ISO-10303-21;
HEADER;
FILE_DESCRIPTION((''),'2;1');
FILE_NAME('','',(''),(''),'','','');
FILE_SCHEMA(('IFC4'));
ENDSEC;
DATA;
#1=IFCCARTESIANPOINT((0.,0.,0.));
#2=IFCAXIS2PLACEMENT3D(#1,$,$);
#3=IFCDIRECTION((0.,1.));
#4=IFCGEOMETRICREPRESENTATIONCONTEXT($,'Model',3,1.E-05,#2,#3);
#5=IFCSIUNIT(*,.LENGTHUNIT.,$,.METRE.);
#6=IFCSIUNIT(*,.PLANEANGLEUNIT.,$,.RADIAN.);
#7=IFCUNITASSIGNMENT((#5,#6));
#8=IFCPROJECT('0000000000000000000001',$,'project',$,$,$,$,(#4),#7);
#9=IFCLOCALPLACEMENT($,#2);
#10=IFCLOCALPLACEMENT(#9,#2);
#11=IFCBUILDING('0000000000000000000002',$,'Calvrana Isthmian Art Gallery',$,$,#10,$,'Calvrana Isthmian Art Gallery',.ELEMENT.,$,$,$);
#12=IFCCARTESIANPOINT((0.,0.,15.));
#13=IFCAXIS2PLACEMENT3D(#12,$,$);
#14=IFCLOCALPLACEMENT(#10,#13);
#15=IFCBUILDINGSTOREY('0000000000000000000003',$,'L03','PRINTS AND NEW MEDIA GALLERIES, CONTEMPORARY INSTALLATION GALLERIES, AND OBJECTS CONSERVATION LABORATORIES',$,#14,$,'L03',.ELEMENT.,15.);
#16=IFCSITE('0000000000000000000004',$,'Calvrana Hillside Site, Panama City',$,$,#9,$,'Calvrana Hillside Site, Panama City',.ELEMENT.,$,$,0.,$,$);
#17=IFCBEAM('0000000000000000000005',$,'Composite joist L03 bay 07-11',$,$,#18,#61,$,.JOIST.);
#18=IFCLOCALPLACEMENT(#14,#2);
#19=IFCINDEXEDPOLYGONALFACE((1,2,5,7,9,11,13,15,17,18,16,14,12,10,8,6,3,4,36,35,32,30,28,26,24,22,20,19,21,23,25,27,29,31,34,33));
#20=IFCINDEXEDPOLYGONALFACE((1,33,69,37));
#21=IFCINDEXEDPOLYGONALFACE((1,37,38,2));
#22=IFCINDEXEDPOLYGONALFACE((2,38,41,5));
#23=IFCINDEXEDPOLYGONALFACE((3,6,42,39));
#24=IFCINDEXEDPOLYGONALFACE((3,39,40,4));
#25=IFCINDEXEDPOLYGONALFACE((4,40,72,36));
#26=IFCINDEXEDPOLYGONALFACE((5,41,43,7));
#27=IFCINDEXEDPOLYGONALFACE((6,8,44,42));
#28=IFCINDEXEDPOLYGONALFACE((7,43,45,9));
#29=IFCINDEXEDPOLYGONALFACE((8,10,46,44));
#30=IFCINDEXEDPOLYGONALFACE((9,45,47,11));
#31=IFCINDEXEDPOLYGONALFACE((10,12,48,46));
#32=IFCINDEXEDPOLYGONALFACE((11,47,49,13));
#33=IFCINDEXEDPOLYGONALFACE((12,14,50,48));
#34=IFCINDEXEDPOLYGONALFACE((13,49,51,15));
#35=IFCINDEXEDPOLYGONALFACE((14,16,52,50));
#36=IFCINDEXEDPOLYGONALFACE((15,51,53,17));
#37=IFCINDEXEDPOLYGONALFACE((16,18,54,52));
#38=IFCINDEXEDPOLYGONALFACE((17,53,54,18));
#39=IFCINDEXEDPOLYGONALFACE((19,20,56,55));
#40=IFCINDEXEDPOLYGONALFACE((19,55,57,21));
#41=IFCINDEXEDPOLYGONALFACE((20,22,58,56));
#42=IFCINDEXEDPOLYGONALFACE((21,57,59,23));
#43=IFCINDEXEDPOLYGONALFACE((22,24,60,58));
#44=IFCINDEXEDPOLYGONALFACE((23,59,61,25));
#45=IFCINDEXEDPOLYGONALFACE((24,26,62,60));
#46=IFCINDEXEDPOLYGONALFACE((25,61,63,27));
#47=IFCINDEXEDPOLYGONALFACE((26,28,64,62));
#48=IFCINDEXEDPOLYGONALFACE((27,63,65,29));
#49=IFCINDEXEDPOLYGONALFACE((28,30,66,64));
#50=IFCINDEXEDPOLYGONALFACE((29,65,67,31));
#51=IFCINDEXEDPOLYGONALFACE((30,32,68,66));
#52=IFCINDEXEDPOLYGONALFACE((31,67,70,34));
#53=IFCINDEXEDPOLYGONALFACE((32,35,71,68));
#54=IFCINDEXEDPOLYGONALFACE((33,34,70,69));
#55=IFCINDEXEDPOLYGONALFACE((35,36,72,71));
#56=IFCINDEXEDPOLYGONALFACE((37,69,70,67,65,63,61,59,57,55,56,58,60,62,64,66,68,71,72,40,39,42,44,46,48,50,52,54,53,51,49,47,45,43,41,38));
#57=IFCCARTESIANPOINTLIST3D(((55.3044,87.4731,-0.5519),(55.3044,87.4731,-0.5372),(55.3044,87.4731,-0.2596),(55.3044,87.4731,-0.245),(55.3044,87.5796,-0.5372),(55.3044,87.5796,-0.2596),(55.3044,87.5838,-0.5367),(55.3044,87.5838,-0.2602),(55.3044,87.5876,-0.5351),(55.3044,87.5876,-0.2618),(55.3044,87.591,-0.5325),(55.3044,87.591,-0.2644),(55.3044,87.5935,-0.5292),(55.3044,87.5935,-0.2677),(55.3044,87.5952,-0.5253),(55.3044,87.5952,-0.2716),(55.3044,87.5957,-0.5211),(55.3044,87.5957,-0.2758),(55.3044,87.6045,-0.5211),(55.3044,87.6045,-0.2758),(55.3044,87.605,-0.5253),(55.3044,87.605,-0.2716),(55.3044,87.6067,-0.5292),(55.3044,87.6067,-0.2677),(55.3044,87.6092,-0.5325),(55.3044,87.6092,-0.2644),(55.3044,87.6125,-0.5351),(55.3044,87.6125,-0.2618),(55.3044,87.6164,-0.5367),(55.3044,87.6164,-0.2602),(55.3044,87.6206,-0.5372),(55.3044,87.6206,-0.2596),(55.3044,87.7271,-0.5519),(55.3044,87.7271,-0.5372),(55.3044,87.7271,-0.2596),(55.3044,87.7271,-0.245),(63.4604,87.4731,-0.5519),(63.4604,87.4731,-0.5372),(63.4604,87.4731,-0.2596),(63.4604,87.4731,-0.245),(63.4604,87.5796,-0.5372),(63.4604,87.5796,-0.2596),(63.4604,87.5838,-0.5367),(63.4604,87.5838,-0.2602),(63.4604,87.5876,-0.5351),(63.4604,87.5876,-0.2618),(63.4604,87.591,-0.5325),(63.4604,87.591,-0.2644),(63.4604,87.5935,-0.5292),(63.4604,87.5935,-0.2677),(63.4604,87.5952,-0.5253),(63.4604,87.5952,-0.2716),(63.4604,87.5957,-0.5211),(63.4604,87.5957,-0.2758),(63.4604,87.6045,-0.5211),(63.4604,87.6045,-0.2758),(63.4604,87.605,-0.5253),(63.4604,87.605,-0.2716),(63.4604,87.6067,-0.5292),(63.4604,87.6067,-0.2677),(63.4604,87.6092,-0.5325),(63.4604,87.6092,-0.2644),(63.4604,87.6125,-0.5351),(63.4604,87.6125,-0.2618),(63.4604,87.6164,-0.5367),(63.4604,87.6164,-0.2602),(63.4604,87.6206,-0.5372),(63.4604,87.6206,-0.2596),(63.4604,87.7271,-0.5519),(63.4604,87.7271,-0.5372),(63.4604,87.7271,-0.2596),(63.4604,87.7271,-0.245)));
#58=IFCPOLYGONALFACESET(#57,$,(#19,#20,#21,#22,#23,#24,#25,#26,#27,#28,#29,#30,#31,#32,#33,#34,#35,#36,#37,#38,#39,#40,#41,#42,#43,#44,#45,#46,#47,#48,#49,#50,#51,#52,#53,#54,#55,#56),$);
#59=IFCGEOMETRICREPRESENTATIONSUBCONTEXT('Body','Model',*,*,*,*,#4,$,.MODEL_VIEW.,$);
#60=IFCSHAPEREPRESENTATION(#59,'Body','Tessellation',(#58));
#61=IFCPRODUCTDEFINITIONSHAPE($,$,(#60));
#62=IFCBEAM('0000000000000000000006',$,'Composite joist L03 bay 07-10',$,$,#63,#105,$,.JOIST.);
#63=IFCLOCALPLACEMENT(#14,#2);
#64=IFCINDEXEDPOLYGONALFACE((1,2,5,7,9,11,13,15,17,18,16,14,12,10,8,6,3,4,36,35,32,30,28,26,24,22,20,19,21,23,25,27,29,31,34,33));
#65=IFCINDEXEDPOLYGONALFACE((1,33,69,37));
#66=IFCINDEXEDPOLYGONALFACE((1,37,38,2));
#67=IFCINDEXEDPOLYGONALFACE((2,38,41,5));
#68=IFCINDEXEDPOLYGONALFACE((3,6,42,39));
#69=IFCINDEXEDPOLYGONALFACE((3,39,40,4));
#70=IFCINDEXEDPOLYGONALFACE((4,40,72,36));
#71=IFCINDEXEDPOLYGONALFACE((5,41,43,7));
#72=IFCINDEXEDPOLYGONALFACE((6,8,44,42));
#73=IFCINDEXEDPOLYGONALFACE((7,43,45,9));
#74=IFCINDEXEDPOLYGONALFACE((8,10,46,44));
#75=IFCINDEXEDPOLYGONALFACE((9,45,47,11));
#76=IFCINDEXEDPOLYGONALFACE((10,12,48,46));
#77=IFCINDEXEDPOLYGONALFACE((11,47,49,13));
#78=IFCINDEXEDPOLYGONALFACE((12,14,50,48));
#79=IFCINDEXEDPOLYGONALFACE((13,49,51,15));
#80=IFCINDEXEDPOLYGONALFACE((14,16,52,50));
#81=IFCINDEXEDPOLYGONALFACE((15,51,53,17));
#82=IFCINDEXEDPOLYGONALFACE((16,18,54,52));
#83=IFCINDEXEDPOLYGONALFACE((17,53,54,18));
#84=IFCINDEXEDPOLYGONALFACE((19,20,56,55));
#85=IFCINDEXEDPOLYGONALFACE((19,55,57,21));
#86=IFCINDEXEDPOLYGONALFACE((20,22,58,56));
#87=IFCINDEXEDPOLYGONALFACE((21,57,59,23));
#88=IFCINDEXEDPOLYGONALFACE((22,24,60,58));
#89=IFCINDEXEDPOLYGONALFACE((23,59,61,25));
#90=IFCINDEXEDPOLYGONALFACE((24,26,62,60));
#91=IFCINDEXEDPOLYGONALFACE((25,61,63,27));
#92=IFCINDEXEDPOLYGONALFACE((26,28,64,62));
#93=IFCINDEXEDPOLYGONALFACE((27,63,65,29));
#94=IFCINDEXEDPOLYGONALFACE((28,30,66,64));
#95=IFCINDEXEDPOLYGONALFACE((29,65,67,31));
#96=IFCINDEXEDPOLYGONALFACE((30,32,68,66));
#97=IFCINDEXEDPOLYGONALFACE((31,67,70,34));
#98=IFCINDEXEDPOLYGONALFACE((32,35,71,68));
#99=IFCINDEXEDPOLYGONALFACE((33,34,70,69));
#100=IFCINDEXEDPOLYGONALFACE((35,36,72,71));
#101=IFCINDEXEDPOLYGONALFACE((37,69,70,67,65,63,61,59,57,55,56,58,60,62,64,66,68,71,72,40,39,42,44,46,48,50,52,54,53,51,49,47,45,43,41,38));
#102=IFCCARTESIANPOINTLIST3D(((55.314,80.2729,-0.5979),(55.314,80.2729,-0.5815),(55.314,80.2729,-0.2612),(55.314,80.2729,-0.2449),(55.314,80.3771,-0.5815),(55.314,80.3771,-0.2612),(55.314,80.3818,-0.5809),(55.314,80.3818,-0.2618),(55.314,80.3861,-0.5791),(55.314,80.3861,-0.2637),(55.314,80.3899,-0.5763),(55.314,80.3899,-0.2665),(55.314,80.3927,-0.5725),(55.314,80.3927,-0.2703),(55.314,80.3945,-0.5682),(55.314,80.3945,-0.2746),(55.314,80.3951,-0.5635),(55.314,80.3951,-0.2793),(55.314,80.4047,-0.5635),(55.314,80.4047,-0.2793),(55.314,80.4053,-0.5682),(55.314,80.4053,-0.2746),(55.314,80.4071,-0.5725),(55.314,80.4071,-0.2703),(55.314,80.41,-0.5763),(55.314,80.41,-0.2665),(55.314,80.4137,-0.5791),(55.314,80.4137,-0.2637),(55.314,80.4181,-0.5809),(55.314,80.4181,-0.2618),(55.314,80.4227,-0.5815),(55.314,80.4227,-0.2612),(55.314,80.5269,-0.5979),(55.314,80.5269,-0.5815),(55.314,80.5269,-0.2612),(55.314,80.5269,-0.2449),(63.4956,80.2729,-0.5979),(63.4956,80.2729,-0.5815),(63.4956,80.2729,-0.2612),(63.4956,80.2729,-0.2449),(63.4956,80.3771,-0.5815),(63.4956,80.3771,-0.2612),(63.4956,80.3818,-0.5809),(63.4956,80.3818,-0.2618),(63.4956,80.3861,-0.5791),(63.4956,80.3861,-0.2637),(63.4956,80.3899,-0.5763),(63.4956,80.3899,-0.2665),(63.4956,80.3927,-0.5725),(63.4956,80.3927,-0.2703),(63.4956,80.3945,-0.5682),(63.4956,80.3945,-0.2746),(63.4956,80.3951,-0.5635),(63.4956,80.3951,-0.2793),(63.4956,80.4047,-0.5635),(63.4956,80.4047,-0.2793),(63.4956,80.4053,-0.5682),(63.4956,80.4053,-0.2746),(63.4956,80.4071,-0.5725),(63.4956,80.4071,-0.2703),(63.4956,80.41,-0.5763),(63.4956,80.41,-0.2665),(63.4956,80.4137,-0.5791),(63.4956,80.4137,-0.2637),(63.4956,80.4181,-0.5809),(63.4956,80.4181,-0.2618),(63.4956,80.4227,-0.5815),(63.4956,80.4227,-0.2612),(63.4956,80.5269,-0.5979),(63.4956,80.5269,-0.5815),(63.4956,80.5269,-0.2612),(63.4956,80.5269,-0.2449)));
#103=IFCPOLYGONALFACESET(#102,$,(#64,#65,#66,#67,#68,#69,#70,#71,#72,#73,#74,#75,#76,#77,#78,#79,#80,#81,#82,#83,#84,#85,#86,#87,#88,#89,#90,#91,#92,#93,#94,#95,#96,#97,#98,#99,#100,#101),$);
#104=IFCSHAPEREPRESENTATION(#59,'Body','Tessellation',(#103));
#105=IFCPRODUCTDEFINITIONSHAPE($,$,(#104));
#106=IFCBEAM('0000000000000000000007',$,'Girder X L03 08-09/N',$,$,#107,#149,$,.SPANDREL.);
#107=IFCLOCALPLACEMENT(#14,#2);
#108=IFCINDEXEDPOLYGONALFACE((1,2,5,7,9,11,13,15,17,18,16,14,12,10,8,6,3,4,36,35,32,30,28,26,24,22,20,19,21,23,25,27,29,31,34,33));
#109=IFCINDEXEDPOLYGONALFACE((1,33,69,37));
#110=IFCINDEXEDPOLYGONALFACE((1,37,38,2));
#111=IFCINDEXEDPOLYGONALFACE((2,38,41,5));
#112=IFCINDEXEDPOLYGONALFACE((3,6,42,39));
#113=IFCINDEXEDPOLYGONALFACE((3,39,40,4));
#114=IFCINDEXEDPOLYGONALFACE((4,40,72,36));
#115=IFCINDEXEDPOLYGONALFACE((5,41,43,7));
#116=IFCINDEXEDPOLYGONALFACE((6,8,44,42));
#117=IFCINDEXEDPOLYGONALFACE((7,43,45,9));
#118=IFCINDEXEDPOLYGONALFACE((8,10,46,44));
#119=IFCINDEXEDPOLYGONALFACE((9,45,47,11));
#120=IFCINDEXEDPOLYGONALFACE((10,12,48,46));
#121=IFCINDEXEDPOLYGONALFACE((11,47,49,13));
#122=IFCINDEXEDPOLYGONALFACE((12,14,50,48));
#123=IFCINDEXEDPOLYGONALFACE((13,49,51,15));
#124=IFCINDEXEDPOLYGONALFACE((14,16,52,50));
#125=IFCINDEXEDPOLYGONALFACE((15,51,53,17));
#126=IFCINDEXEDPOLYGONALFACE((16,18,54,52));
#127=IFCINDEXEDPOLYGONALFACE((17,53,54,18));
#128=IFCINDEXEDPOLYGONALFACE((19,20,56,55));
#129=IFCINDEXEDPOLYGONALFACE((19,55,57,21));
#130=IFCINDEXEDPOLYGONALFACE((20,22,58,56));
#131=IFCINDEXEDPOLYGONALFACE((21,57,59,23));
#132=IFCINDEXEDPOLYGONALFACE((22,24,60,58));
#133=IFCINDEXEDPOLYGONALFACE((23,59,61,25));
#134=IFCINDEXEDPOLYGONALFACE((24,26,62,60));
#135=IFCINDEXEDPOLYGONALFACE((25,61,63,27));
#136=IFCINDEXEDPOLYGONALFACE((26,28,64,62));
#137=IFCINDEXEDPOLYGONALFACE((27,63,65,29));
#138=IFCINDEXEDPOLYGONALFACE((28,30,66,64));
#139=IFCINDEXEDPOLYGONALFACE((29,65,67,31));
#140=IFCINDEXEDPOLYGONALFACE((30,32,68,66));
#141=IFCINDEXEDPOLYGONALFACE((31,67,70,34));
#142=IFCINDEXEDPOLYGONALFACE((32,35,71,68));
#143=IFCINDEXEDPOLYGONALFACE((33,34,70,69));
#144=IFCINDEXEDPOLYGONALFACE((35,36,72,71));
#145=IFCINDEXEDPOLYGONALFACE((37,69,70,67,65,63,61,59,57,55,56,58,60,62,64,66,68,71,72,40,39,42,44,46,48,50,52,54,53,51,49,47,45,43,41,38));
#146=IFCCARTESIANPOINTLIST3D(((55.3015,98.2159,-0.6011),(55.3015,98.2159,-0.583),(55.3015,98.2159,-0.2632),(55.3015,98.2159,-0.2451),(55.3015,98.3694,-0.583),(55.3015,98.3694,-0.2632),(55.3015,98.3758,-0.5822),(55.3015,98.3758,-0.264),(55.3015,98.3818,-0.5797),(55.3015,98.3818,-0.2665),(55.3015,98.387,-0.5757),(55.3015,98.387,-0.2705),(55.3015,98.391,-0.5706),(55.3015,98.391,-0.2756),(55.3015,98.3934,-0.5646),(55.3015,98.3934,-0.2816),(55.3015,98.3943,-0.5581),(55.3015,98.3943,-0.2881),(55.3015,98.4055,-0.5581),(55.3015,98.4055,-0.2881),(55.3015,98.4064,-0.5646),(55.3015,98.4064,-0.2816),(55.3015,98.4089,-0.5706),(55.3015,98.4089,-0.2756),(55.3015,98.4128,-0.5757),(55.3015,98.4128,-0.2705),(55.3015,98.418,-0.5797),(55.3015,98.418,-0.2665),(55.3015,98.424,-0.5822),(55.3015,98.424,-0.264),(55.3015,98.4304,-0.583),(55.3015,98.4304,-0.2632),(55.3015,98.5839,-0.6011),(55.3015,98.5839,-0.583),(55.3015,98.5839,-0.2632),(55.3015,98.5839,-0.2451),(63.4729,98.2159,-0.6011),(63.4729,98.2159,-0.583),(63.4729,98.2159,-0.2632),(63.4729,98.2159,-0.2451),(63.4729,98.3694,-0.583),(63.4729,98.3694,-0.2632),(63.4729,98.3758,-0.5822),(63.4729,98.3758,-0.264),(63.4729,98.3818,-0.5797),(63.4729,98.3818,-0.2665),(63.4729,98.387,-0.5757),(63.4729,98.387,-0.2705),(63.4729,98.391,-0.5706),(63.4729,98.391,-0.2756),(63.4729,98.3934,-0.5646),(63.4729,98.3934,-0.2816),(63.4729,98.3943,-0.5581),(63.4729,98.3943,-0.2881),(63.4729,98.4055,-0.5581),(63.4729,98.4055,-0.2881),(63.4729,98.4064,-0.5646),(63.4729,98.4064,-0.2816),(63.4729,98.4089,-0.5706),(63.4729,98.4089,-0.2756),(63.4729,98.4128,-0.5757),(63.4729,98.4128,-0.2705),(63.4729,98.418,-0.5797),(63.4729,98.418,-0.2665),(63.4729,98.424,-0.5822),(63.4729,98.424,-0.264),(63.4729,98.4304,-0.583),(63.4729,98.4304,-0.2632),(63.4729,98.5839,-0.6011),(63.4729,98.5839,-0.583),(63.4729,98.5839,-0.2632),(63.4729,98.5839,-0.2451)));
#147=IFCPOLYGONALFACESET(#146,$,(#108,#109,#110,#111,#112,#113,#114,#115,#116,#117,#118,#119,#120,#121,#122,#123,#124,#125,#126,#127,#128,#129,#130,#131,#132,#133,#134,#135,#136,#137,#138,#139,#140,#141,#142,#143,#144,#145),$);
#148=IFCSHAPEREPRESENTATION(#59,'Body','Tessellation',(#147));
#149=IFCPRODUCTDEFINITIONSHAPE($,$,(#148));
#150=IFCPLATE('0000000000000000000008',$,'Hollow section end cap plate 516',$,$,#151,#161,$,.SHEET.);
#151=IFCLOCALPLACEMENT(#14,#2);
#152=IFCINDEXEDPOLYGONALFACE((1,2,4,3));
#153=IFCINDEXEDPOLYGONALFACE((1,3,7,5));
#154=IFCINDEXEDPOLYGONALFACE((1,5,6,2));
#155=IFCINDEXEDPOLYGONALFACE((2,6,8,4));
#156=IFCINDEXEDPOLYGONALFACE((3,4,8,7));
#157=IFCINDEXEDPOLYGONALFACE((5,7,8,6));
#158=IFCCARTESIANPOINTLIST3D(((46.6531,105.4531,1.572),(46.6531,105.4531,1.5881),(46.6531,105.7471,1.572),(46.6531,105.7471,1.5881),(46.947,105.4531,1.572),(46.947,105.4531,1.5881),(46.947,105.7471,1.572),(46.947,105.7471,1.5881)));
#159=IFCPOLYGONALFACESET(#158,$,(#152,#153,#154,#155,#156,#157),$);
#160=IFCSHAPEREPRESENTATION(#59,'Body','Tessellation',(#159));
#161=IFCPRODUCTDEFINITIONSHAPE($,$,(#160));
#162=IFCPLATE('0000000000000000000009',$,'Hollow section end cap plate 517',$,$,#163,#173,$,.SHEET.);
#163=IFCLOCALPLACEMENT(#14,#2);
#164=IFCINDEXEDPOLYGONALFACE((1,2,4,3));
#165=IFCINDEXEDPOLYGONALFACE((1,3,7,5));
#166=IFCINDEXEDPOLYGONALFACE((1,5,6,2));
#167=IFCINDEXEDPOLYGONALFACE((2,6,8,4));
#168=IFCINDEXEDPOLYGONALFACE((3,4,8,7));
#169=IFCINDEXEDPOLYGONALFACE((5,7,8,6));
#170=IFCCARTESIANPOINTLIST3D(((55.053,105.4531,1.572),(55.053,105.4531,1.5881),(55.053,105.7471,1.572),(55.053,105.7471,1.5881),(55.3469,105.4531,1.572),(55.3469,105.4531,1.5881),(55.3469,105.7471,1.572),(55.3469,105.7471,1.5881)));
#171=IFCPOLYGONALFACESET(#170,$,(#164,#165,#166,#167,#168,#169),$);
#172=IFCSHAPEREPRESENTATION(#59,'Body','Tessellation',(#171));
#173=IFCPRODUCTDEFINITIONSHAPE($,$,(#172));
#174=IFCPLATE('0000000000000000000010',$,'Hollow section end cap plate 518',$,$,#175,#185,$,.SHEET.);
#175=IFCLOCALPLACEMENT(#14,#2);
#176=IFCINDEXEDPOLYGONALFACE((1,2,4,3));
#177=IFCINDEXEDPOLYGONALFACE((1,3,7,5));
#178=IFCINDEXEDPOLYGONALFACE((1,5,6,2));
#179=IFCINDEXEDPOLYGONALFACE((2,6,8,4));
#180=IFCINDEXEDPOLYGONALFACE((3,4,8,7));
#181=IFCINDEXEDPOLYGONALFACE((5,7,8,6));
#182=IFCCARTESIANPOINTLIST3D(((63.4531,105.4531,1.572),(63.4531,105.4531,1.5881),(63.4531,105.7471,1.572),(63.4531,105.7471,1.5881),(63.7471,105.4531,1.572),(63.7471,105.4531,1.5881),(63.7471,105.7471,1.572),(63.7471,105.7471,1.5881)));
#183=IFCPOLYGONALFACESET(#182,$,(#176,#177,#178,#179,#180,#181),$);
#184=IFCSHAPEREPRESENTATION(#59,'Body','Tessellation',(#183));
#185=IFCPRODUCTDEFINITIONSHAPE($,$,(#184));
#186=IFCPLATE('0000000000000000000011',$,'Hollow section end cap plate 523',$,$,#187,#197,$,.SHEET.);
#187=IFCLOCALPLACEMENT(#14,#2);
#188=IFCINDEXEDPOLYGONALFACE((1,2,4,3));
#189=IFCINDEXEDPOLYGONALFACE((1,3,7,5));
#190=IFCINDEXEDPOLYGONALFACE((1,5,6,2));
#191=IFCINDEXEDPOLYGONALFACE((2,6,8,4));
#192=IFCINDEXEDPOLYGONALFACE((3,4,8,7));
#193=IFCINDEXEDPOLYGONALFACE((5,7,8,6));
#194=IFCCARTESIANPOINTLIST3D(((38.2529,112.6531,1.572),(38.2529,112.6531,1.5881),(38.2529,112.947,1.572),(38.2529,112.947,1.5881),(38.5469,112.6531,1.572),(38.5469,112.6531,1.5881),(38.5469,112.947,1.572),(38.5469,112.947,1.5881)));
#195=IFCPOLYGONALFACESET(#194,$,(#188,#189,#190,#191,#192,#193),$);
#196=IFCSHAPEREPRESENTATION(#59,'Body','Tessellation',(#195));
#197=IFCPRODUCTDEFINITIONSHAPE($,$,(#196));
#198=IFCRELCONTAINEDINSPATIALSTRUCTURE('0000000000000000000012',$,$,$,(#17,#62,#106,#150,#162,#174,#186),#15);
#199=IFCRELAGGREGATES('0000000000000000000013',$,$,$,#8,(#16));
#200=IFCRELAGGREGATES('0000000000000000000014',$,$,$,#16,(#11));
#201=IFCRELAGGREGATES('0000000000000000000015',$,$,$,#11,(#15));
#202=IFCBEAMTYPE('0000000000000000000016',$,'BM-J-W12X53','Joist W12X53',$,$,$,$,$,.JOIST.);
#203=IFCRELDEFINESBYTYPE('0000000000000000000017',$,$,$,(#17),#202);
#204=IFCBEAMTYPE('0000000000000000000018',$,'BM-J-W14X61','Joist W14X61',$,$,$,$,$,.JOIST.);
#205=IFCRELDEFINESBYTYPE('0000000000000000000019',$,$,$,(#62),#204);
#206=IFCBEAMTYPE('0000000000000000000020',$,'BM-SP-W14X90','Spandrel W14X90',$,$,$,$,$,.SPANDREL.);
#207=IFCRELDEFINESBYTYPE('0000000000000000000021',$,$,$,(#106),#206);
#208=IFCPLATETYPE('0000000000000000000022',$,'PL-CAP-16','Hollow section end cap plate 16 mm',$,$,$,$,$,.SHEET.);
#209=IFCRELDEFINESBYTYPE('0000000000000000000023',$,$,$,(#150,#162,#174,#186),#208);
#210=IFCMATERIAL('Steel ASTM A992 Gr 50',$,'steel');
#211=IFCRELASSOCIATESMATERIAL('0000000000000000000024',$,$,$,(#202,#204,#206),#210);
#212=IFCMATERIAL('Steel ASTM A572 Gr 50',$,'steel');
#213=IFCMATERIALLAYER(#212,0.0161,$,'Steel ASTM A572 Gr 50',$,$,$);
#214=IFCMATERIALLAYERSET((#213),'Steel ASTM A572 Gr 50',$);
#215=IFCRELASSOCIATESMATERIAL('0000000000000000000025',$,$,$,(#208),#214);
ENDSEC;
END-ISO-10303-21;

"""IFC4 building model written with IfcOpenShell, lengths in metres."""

from ifc_helpers import new_model, si_unit, direction, frame, origin, origin_2d, place, context, subcontext, project, spatial, rectangle, i_section, extrude, material, layer, layer_set, material_profile, profile_set, type_object, element, save


model = new_model("IFC4")

# Units and contexts
model_context = context("Model", 3, precision=1e-05, world=origin(), true_north=direction((0.0, 1.0)))
body_context = subcontext(model_context, "Body", "Model", "MODEL_VIEW")
ifc_project = project(units=[si_unit("LENGTHUNIT", "METRE"), si_unit("PLANEANGLEUNIT", "RADIAN")], contexts=[model_context])

# Site, building, storey
site_placement = place(None, origin())
site = spatial("IfcSite", under=ifc_project, at=site_placement, Name="Calvrana Hillside Site, Panama City", LongName="Calvrana Hillside Site, Panama City", CompositionType="ELEMENT", RefElevation=0.0)
building_placement = place(site_placement, origin())
building = spatial("IfcBuilding", under=site, at=building_placement, Name="Calvrana Isthmian Art Gallery", LongName="Calvrana Isthmian Art Gallery", CompositionType="ELEMENT")
storey_placement = place(building_placement, frame((0.0, 0.0, 15.0)))
storey = spatial("IfcBuildingStorey", under=building, at=storey_placement, Name="L03", Description="PRINTS AND NEW MEDIA GALLERIES, CONTEMPORARY INSTALLATION GALLERIES, AND OBJECTS CONSERVATION LABORATORIES", LongName="L03", CompositionType="ELEMENT", Elevation=15.0)

# Beams
ifc_material_1 = material(Name="Steel ASTM A992 Gr 50", Category="steel")
ifc_material_profile_1 = material_profile(ifc_material_1, i_section(OverallWidth=0.2539, OverallDepth=0.3069, WebThickness=0.0088, FlangeThickness=0.0146, FilletRadius=0.0161, at=origin_2d()), Name="W12X53")
ifc_profile_set_1 = profile_set([ifc_material_profile_1], Name="Steel ASTM A992 Gr 50")
beam_type_1 = type_object("IfcBeamType", Name="BM-J-W12X53", Description="Joist W12X53", PredefinedType="JOIST", material=ifc_profile_set_1)
beam_1_placement = place(storey_placement, frame((55.3044, 87.6001, -0.3984), z_axis=(1.0, 0.0, 0.0), x_axis=(0.0, 1.0, 0.0)))
element("IfcBeam", 1, at=beam_1_placement, inside=storey, type_object=beam_type_1, Name="Composite joist L03 bay 07-11", PredefinedType="JOIST", context=body_context, shape_type="SweptSolid", body=[
    extrude(i_section(OverallWidth=0.2539, OverallDepth=0.3069, WebThickness=0.0088, FlangeThickness=0.0146, FilletRadius=0.0161, at=origin_2d()), origin(), (0.0, 0.0, 1.0), 8.156),
])
ifc_material_profile_2 = material_profile(ifc_material_1, i_section(OverallWidth=0.2539, OverallDepth=0.353, WebThickness=0.0095, FlangeThickness=0.0164, FilletRadius=0.0181, at=origin_2d()), Name="W14X61")
ifc_profile_set_2 = profile_set([ifc_material_profile_2], Name="Steel ASTM A992 Gr 50")
beam_type_2 = type_object("IfcBeamType", Name="BM-J-W14X61", Description="Joist W14X61", PredefinedType="JOIST", material=ifc_profile_set_2)
beam_2_placement = place(storey_placement, frame((55.314, 80.3999, -0.4214), z_axis=(1.0, 0.0, 0.0), x_axis=(0.0, 1.0, 0.0)))
element("IfcBeam", 2, at=beam_2_placement, inside=storey, type_object=beam_type_2, Name="Composite joist L03 bay 07-10", PredefinedType="JOIST", context=body_context, shape_type="SweptSolid", body=[
    extrude(i_section(OverallWidth=0.2539, OverallDepth=0.353, WebThickness=0.0095, FlangeThickness=0.0164, FilletRadius=0.0181, at=origin_2d()), origin(), (0.0, 0.0, 1.0), 8.1816),
])
ifc_material_profile_3 = material_profile(ifc_material_1, i_section(OverallWidth=0.3679, OverallDepth=0.356, WebThickness=0.0112, FlangeThickness=0.0181, FilletRadius=0.0249, at=origin_2d()), Name="W14X90")
ifc_profile_set_3 = profile_set([ifc_material_profile_3], Name="Steel ASTM A992 Gr 50")
beam_type_3 = type_object("IfcBeamType", Name="BM-SP-W14X90", Description="Spandrel W14X90", PredefinedType="SPANDREL", material=ifc_profile_set_3)
beam_3_placement = place(storey_placement, frame((55.3015, 98.3999, -0.4231), z_axis=(1.0, 0.0, 0.0), x_axis=(0.0, 1.0, 0.0)))
element("IfcBeam", 3, at=beam_3_placement, inside=storey, type_object=beam_type_3, Name="Girder X L03 08-09/N", PredefinedType="SPANDREL", context=body_context, shape_type="SweptSolid", body=[
    extrude(i_section(OverallWidth=0.3679, OverallDepth=0.356, WebThickness=0.0112, FlangeThickness=0.0181, FilletRadius=0.0249, at=origin_2d()), origin(), (0.0, 0.0, 1.0), 8.1714),
])

# Plates
ifc_material_2 = material(Name="Steel ASTM A572 Gr 50", Category="steel")
ifc_layer_1 = layer(ifc_material_2, 0.0161, Name="Steel ASTM A572 Gr 50")
ifc_layer_set_1 = layer_set([ifc_layer_1], Name="Steel ASTM A572 Gr 50")
plate_type = type_object("IfcPlateType", Name="PL-CAP-16", Description="Hollow section end cap plate 16 mm", PredefinedType="SHEET", material=ifc_layer_set_1)
for number, where, z_axis, x_axis, name in (
    (4, (46.8, 105.6001, 1.572), (0.0, 0.0, 1.0), (1.0, 0.0, 0.0), "Hollow section end cap plate 516"),
    (5, (55.2, 105.6001, 1.572), (0.0, 0.0, 1.0), (1.0, 0.0, 0.0), "Hollow section end cap plate 517"),
    (6, (63.6001, 105.6001, 1.572), (0.0, 0.0, 1.0), (1.0, 0.0, 0.0), "Hollow section end cap plate 518"),
    (7, (38.3999, 112.8, 1.572), (0.0, 0.0, 1.0), (1.0, 0.0, 0.0), "Hollow section end cap plate 523"),
):
    element("IfcPlate", number, at=place(storey_placement, frame(where, z_axis=z_axis, x_axis=x_axis)), inside=storey, type_object=plate_type, Name=name, PredefinedType="SHEET", context=body_context, shape_type="SweptSolid", body=[
        extrude(rectangle(XDim=0.2939, YDim=0.2939, at=origin_2d()), origin(), (0.0, 0.0, 1.0), 0.0161),
    ])

save(model, "model.ifc")
